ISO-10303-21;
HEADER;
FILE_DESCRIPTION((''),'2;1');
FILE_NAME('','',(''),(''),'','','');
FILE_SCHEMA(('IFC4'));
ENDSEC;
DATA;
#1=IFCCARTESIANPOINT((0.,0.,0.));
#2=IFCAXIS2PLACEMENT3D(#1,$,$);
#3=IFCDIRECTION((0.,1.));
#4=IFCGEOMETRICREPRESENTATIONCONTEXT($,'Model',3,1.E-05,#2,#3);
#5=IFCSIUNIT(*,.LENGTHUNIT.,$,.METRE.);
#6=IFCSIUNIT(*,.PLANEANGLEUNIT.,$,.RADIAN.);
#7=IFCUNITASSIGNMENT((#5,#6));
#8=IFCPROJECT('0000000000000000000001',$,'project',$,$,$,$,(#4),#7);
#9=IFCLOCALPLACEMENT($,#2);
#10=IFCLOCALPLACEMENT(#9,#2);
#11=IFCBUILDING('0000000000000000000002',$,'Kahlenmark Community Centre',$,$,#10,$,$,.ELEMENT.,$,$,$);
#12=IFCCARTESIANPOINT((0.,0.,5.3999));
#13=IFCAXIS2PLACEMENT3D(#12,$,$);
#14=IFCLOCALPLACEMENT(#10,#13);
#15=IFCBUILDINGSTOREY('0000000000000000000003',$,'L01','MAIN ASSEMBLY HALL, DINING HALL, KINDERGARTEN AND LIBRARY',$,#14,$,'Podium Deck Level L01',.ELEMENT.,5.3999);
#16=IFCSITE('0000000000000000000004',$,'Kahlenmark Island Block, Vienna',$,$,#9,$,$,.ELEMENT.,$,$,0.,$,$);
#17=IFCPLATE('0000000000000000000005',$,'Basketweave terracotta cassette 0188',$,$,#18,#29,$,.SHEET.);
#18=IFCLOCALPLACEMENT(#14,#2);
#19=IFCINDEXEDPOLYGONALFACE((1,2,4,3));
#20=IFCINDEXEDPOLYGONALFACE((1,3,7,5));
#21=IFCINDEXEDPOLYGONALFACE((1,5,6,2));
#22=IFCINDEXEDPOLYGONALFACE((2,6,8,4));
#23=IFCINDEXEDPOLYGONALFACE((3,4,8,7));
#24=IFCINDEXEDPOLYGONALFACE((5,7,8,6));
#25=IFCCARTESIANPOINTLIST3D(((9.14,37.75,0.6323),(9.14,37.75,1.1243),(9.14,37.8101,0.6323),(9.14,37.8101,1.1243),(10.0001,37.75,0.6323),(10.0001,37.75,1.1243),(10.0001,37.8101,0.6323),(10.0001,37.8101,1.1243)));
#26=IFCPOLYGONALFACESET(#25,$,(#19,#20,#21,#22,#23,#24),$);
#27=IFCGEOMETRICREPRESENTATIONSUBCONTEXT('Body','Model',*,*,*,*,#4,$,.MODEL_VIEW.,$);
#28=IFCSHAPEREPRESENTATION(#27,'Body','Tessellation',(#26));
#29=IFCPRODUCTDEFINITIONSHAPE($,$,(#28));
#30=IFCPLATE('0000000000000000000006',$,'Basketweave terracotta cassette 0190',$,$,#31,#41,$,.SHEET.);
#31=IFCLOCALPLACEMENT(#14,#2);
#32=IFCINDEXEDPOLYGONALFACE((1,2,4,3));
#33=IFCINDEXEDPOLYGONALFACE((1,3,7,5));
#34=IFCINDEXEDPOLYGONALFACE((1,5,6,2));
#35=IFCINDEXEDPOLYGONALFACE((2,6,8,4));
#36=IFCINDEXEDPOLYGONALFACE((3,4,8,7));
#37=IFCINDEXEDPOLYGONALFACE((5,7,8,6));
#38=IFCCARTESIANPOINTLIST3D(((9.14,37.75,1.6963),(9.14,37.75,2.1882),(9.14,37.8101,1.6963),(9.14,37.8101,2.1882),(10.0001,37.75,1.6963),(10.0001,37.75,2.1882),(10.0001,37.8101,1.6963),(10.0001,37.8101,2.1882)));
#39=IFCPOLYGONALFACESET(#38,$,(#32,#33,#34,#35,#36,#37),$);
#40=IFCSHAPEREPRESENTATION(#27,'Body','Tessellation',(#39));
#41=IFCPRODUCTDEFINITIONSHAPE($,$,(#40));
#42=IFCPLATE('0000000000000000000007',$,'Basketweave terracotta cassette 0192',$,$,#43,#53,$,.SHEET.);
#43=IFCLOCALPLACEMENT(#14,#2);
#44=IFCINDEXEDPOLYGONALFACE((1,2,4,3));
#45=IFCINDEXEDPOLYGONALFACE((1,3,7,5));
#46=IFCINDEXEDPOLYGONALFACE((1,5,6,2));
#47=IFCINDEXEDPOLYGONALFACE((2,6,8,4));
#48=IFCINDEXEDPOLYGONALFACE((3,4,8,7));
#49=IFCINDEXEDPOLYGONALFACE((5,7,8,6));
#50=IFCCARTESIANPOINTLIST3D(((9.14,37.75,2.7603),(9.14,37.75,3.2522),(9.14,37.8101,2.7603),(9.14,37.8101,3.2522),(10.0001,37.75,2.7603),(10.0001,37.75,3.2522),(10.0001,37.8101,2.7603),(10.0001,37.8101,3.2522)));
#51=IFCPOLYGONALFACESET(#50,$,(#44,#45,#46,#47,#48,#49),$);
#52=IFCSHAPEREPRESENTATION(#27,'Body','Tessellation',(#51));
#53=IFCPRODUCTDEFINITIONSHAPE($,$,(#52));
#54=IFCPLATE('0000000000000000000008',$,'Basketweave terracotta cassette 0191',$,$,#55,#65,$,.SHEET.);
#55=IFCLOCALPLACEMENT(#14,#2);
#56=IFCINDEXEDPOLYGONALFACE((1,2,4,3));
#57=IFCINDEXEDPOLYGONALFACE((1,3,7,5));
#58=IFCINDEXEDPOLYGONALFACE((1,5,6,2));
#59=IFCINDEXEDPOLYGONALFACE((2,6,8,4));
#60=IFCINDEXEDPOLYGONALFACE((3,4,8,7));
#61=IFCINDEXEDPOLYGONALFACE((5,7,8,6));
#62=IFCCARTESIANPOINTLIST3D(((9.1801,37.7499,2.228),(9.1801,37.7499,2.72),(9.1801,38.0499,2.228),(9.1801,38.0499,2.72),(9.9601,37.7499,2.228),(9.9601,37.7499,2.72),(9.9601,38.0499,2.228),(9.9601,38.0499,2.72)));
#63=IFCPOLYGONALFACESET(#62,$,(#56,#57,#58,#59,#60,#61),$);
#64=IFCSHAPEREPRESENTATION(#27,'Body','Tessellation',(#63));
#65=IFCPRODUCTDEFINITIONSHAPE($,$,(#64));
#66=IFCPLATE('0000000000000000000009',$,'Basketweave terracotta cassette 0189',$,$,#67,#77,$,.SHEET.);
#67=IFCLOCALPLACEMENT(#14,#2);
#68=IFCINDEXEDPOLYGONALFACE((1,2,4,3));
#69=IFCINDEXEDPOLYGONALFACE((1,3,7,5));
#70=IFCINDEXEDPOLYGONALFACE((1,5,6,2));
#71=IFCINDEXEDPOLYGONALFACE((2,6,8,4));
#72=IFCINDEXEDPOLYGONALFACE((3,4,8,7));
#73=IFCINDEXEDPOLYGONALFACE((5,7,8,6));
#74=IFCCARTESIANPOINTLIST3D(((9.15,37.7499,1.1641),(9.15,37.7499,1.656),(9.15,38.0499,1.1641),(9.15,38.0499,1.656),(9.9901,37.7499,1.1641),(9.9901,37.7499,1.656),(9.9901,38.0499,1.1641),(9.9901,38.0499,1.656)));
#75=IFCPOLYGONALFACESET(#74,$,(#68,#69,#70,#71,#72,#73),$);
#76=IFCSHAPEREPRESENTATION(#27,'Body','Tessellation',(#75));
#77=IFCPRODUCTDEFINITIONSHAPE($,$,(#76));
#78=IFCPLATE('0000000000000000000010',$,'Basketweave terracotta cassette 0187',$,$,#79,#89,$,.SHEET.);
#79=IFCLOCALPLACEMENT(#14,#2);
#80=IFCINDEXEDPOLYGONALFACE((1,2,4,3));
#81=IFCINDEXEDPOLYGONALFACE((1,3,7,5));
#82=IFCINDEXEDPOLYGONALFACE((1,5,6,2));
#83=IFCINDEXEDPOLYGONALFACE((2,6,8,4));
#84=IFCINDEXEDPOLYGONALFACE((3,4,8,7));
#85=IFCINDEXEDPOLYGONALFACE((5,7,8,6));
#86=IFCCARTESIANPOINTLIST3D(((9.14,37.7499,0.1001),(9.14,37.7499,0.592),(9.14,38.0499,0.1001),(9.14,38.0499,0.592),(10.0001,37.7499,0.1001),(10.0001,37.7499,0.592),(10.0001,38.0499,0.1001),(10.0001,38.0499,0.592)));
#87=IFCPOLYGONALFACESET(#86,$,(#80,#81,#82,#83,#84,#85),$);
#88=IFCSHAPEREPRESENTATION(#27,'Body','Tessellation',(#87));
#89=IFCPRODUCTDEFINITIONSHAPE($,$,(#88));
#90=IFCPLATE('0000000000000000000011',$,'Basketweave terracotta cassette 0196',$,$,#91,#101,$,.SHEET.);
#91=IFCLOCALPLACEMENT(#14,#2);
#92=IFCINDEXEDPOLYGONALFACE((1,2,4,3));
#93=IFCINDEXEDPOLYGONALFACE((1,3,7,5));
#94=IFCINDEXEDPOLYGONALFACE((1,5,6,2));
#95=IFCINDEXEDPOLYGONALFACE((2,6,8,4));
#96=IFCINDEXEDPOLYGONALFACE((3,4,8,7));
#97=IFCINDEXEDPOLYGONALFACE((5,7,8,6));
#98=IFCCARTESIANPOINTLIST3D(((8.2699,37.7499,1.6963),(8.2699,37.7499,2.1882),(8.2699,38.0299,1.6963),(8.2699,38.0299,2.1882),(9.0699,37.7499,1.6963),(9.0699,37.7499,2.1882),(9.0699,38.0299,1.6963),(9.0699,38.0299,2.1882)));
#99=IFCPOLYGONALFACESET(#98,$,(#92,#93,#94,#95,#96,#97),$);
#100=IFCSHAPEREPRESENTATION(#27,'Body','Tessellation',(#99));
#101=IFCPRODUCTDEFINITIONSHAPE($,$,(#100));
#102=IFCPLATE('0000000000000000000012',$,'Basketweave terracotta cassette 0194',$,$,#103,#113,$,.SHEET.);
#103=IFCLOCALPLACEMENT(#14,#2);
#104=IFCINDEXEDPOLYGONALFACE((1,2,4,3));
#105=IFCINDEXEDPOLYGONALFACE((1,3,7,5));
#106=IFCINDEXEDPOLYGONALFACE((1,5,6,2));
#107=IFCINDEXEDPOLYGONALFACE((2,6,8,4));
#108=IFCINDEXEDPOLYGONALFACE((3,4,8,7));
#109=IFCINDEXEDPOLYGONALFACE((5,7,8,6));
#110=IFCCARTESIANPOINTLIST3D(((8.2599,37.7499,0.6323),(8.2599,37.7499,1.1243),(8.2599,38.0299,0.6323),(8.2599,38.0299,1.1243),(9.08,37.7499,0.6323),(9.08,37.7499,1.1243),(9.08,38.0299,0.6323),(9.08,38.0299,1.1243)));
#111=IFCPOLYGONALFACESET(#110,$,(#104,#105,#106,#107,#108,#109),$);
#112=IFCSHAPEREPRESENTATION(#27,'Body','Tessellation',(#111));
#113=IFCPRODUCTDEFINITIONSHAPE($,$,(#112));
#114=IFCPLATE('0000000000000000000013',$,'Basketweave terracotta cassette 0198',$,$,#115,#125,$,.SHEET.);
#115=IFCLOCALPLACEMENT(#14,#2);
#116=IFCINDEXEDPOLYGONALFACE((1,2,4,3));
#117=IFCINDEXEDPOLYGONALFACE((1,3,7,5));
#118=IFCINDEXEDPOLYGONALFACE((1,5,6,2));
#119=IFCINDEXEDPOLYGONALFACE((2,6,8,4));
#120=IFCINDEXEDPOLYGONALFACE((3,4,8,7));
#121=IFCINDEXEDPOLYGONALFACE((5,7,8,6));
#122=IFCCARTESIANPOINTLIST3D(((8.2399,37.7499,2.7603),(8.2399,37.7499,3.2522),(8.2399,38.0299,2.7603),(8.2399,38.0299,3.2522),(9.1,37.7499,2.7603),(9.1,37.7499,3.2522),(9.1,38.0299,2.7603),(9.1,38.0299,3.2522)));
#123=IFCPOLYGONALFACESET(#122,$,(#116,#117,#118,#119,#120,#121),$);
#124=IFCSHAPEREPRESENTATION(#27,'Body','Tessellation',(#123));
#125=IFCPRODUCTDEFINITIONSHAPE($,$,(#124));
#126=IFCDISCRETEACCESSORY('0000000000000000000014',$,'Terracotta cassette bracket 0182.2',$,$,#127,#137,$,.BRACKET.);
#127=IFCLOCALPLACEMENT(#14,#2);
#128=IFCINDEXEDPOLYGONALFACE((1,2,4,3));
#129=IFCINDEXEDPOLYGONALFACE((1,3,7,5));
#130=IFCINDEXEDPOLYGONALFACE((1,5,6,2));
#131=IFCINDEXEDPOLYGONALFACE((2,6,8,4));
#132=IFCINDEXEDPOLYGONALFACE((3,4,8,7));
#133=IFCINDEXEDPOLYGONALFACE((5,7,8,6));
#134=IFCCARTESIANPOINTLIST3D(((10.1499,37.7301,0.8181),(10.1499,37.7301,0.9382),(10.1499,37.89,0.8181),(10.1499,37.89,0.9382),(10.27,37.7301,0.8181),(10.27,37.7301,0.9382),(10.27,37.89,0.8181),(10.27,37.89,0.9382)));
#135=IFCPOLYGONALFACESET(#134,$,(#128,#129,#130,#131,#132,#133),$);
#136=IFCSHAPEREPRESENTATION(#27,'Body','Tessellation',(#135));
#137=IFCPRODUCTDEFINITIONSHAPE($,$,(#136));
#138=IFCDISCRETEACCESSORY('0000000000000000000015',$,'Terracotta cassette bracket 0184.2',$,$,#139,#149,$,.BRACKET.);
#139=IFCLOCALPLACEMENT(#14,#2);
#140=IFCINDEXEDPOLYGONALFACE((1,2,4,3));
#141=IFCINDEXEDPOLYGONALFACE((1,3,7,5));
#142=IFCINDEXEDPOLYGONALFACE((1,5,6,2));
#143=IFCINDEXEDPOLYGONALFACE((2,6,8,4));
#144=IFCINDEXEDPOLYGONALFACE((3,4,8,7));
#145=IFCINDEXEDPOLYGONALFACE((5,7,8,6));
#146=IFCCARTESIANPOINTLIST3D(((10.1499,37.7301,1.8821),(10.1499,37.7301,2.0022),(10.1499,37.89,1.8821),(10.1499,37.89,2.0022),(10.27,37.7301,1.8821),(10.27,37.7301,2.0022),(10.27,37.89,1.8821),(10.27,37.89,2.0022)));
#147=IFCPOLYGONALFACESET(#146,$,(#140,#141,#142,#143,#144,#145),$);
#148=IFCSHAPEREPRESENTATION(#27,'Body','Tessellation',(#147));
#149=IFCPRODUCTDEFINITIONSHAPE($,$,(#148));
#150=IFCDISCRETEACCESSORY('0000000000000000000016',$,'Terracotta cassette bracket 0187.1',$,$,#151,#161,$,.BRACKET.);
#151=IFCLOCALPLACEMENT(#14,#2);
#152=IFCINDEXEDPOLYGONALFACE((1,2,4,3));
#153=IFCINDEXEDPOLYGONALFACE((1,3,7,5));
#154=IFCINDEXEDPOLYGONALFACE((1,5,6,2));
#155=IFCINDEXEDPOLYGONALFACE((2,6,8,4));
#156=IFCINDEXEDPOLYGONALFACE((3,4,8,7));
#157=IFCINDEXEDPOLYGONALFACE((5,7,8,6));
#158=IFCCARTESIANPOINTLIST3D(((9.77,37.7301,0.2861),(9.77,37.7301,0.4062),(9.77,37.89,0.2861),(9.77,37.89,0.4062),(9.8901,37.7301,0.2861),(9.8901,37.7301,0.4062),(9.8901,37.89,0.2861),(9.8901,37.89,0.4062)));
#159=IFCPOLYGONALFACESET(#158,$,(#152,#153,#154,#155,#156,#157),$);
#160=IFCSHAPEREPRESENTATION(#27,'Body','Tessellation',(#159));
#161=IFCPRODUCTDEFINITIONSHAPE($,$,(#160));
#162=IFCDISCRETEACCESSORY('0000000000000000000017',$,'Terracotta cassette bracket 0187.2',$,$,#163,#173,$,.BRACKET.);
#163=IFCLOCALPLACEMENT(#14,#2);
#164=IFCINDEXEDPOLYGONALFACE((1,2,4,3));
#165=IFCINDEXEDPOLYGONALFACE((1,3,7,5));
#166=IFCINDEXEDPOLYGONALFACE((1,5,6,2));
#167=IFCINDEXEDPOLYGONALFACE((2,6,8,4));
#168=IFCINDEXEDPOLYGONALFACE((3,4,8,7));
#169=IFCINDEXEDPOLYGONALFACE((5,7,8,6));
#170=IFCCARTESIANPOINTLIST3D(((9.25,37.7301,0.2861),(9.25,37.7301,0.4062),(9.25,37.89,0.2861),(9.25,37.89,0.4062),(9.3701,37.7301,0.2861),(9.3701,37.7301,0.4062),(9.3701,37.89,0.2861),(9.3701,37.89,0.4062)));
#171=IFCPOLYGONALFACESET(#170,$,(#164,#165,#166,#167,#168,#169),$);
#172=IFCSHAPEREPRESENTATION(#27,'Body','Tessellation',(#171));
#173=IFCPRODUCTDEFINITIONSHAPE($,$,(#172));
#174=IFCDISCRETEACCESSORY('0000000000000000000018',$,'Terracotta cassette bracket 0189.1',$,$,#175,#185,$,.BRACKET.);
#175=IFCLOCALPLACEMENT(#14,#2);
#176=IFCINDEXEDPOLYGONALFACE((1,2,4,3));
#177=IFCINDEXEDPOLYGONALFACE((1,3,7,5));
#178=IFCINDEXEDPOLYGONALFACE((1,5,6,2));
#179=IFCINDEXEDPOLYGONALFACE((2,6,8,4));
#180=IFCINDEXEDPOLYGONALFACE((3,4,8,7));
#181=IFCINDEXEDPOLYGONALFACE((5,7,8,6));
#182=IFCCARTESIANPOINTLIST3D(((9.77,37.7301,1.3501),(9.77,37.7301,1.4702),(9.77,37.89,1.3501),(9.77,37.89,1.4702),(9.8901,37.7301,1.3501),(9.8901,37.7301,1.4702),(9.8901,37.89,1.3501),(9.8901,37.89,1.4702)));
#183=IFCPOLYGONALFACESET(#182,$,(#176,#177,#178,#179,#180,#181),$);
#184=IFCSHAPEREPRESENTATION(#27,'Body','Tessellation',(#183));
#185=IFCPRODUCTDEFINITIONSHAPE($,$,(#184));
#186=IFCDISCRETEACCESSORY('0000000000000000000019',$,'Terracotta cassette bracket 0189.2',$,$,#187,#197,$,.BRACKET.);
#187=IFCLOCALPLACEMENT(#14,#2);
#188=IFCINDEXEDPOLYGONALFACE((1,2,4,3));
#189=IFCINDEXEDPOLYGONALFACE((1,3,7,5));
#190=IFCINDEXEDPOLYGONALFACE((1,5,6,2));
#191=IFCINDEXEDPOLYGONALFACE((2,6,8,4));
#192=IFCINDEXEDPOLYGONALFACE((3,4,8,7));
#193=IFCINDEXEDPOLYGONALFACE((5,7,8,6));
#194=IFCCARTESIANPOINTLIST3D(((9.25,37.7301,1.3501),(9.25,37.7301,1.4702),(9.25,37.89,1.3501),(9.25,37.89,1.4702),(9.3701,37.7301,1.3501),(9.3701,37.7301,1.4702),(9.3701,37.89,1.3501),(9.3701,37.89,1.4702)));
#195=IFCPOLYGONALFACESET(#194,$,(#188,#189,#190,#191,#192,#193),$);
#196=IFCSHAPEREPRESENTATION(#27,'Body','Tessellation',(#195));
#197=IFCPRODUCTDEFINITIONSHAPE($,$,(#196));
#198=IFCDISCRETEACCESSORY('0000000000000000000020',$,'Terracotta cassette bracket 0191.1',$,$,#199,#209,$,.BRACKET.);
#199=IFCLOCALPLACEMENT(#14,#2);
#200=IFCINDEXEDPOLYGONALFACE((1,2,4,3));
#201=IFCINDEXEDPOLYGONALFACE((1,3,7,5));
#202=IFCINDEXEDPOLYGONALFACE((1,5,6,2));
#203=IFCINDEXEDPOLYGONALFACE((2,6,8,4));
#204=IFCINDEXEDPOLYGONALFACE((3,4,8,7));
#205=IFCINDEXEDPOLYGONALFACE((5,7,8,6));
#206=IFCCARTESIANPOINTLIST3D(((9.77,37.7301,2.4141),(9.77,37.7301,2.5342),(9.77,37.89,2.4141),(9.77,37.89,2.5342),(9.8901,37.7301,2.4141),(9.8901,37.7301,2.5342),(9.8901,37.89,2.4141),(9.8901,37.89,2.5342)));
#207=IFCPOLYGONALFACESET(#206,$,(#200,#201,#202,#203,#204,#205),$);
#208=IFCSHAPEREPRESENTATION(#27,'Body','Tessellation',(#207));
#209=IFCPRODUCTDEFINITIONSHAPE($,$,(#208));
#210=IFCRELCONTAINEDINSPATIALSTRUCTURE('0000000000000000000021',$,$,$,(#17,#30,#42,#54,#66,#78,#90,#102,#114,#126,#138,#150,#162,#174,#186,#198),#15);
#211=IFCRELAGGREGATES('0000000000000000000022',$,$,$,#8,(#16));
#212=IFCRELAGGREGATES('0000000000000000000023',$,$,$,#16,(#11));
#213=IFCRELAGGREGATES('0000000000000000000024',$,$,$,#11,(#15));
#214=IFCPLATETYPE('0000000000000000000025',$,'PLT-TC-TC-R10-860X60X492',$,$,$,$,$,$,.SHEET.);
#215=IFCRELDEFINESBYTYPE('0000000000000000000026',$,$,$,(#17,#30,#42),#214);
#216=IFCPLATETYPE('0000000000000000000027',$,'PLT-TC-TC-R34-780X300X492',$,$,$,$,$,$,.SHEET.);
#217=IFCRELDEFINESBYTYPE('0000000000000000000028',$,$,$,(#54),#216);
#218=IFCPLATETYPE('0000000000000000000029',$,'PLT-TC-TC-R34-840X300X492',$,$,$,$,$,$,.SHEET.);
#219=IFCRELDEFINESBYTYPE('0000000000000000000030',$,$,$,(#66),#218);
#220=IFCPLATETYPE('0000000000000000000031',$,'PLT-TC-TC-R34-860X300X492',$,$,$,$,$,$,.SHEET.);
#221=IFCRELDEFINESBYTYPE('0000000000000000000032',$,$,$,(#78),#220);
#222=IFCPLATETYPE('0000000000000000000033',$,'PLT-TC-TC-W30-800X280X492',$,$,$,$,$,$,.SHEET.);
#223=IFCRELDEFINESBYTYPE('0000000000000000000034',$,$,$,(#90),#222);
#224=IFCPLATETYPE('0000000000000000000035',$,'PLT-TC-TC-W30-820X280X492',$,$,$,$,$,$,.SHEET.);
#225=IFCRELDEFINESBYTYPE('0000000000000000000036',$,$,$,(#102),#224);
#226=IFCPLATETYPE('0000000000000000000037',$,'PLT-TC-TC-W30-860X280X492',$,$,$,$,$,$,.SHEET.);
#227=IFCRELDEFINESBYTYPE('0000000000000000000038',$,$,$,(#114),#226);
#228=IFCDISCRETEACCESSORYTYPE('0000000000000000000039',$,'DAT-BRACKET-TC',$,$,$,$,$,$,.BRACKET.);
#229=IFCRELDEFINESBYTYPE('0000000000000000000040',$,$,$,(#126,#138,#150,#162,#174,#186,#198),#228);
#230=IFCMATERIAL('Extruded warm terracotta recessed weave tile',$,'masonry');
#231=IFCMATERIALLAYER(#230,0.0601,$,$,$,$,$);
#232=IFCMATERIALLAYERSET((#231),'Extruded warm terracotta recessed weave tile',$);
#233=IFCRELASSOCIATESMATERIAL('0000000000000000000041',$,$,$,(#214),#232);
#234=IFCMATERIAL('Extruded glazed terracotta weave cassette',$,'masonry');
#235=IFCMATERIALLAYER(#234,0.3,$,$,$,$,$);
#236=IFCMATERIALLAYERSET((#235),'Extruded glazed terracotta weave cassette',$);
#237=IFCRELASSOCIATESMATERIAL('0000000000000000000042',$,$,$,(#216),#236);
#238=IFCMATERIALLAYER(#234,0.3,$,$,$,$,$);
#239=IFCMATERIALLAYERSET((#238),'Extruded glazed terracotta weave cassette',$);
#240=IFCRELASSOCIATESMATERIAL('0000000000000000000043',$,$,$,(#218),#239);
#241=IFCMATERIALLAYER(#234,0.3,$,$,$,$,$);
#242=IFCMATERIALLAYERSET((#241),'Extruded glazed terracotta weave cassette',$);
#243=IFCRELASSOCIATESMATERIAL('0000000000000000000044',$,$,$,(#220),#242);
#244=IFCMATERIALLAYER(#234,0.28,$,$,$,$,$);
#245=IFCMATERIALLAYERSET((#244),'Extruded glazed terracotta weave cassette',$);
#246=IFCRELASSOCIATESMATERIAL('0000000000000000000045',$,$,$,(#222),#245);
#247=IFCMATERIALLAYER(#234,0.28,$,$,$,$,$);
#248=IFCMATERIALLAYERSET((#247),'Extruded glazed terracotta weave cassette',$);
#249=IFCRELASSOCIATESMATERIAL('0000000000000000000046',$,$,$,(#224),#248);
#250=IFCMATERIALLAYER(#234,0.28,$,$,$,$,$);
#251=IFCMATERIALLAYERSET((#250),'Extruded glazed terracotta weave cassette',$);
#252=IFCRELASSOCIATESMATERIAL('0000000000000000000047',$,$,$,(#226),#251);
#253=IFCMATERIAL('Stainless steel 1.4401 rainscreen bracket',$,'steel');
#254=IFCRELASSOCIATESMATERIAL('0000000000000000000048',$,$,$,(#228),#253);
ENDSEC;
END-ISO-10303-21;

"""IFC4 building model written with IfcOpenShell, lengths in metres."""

from ifc_helpers import new_model, si_unit, direction, frame, origin, origin_2d, place, context, subcontext, project, spatial, rectangle, extrude, material, layer, layer_set, type_object, element, save


model = new_model("IFC4")

# Units and contexts
model_context = context("Model", 3, precision=1e-05, world=origin(), true_north=direction((0.0, 1.0)))
body_context = subcontext(model_context, "Body", "Model", "MODEL_VIEW")
ifc_project = project(units=[si_unit("LENGTHUNIT", "METRE"), si_unit("PLANEANGLEUNIT", "RADIAN")], contexts=[model_context])

# Site, building, storey
site_placement = place(None, origin())
site = spatial("IfcSite", under=ifc_project, at=site_placement, Name="Kahlenmark Island Block, Vienna", CompositionType="ELEMENT", RefElevation=0.0)
building_placement = place(site_placement, origin())
building = spatial("IfcBuilding", under=site, at=building_placement, Name="Kahlenmark Community Centre", CompositionType="ELEMENT")
storey_placement = place(building_placement, frame((0.0, 0.0, 5.3999)))
storey = spatial("IfcBuildingStorey", under=building, at=storey_placement, Name="L01", Description="MAIN ASSEMBLY HALL, DINING HALL, KINDERGARTEN AND LIBRARY", LongName="Podium Deck Level L01", CompositionType="ELEMENT", Elevation=5.3999)

# Plates
ifc_material_1 = material(Name="Extruded warm terracotta recessed weave tile", Category="masonry")
ifc_layer_1 = layer(ifc_material_1, 0.0601)
ifc_layer_set_1 = layer_set([ifc_layer_1], Name="Extruded warm terracotta recessed weave tile")
plate_type_1 = type_object("IfcPlateType", Name="PLT-TC-TC-R10-860X60X492", PredefinedType="SHEET", material=ifc_layer_set_1)
for number, where, z_axis, x_axis, name in (
    (1, (9.5701, 37.78, 0.6323), (0.0, 0.0, 1.0), (-1.0, 0.0, 0.0), "Basketweave terracotta cassette 0188"),
    (2, (9.5701, 37.78, 1.6963), (0.0, 0.0, 1.0), (-1.0, 0.0, 0.0), "Basketweave terracotta cassette 0190"),
    (3, (9.5701, 37.78, 2.7603), (0.0, 0.0, 1.0), (-1.0, 0.0, 0.0), "Basketweave terracotta cassette 0192"),
):
    element("IfcPlate", number, at=place(storey_placement, frame(where, z_axis=z_axis, x_axis=x_axis)), inside=storey, type_object=plate_type_1, Name=name, PredefinedType="SHEET", context=body_context, shape_type="SweptSolid", body=[
        extrude(rectangle(XDim=0.8601, YDim=0.0601, at=origin_2d()), origin(), (0.0, 0.0, 1.0), 0.4919),
    ])
ifc_material_2 = material(Name="Extruded glazed terracotta weave cassette", Category="masonry")
ifc_layer_2 = layer(ifc_material_2, 0.3)
ifc_layer_set_2 = layer_set([ifc_layer_2], Name="Extruded glazed terracotta weave cassette")
plate_type_2 = type_object("IfcPlateType", Name="PLT-TC-TC-R34-780X300X492", PredefinedType="SHEET", material=ifc_layer_set_2)
plate_1_placement = place(storey_placement, frame((9.5701, 37.8999, 2.228), z_axis=(0.0, 0.0, 1.0), x_axis=(-1.0, 0.0, 0.0)))
element("IfcPlate", 4, at=plate_1_placement, inside=storey, type_object=plate_type_2, Name="Basketweave terracotta cassette 0191", PredefinedType="SHEET", context=body_context, shape_type="SweptSolid", body=[
    extrude(rectangle(XDim=0.78, YDim=0.3, at=origin_2d()), origin(), (0.0, 0.0, 1.0), 0.4919),
])
ifc_layer_3 = layer(ifc_material_2, 0.3)
ifc_layer_set_3 = layer_set([ifc_layer_3], Name="Extruded glazed terracotta weave cassette")
plate_type_3 = type_object("IfcPlateType", Name="PLT-TC-TC-R34-840X300X492", PredefinedType="SHEET", material=ifc_layer_set_3)
plate_2_placement = place(storey_placement, frame((9.5701, 37.8999, 1.1641), z_axis=(0.0, 0.0, 1.0), x_axis=(-1.0, 0.0, 0.0)))
element("IfcPlate", 5, at=plate_2_placement, inside=storey, type_object=plate_type_3, Name="Basketweave terracotta cassette 0189", PredefinedType="SHEET", context=body_context, shape_type="SweptSolid", body=[
    extrude(rectangle(XDim=0.8401, YDim=0.3, at=origin_2d()), origin(), (0.0, 0.0, 1.0), 0.4919),
])
ifc_layer_4 = layer(ifc_material_2, 0.3)
ifc_layer_set_4 = layer_set([ifc_layer_4], Name="Extruded glazed terracotta weave cassette")
plate_type_4 = type_object("IfcPlateType", Name="PLT-TC-TC-R34-860X300X492", PredefinedType="SHEET", material=ifc_layer_set_4)
plate_3_placement = place(storey_placement, frame((9.5701, 37.8999, 0.1001), z_axis=(0.0, 0.0, 1.0), x_axis=(-1.0, 0.0, 0.0)))
element("IfcPlate", 6, at=plate_3_placement, inside=storey, type_object=plate_type_4, Name="Basketweave terracotta cassette 0187", PredefinedType="SHEET", context=body_context, shape_type="SweptSolid", body=[
    extrude(rectangle(XDim=0.8601, YDim=0.3, at=origin_2d()), origin(), (0.0, 0.0, 1.0), 0.4919),
])
ifc_layer_5 = layer(ifc_material_2, 0.28)
ifc_layer_set_5 = layer_set([ifc_layer_5], Name="Extruded glazed terracotta weave cassette")
plate_type_5 = type_object("IfcPlateType", Name="PLT-TC-TC-W30-800X280X492", PredefinedType="SHEET", material=ifc_layer_set_5)
plate_4_placement = place(storey_placement, frame((8.6699, 37.8899, 1.6963), z_axis=(0.0, 0.0, 1.0), x_axis=(-1.0, 0.0, 0.0)))
element("IfcPlate", 7, at=plate_4_placement, inside=storey, type_object=plate_type_5, Name="Basketweave terracotta cassette 0196", PredefinedType="SHEET", context=body_context, shape_type="SweptSolid", body=[
    extrude(rectangle(XDim=0.8, YDim=0.28, at=origin_2d()), origin(), (0.0, 0.0, 1.0), 0.4919),
])
ifc_layer_6 = layer(ifc_material_2, 0.28)
ifc_layer_set_6 = layer_set([ifc_layer_6], Name="Extruded glazed terracotta weave cassette")
plate_type_6 = type_object("IfcPlateType", Name="PLT-TC-TC-W30-820X280X492", PredefinedType="SHEET", material=ifc_layer_set_6)
plate_5_placement = place(storey_placement, frame((8.6699, 37.8899, 0.6323), z_axis=(0.0, 0.0, 1.0), x_axis=(-1.0, 0.0, 0.0)))
element("IfcPlate", 8, at=plate_5_placement, inside=storey, type_object=plate_type_6, Name="Basketweave terracotta cassette 0194", PredefinedType="SHEET", context=body_context, shape_type="SweptSolid", body=[
    extrude(rectangle(XDim=0.8201, YDim=0.28, at=origin_2d()), origin(), (0.0, 0.0, 1.0), 0.4919),
])
ifc_layer_7 = layer(ifc_material_2, 0.28)
ifc_layer_set_7 = layer_set([ifc_layer_7], Name="Extruded glazed terracotta weave cassette")
plate_type_7 = type_object("IfcPlateType", Name="PLT-TC-TC-W30-860X280X492", PredefinedType="SHEET", material=ifc_layer_set_7)
plate_6_placement = place(storey_placement, frame((8.6699, 37.8899, 2.7603), z_axis=(0.0, 0.0, 1.0), x_axis=(-1.0, 0.0, 0.0)))
element("IfcPlate", 9, at=plate_6_placement, inside=storey, type_object=plate_type_7, Name="Basketweave terracotta cassette 0198", PredefinedType="SHEET", context=body_context, shape_type="SweptSolid", body=[
    extrude(rectangle(XDim=0.8601, YDim=0.28, at=origin_2d()), origin(), (0.0, 0.0, 1.0), 0.4919),
])

# Discrete accessories
ifc_material_3 = material(Name="Stainless steel 1.4401 rainscreen bracket", Category="steel")
discrete_accessory_type = type_object("IfcDiscreteAccessoryType", Name="DAT-BRACKET-TC", PredefinedType="BRACKET", material=ifc_material_3)
for number, where, z_axis, x_axis, name in (
    (10, (10.21, 37.8101, 0.8181), (0.0, 0.0, 1.0), (-1.0, 0.0, 0.0), "Terracotta cassette bracket 0182.2"),
    (11, (10.21, 37.8101, 1.8821), (0.0, 0.0, 1.0), (-1.0, 0.0, 0.0), "Terracotta cassette bracket 0184.2"),
    (12, (9.8301, 37.8101, 0.2861), (0.0, 0.0, 1.0), (-1.0, 0.0, 0.0), "Terracotta cassette bracket 0187.1"),
    (13, (9.3101, 37.8101, 0.2861), (0.0, 0.0, 1.0), (-1.0, 0.0, 0.0), "Terracotta cassette bracket 0187.2"),
    (14, (9.8301, 37.8101, 1.3501), (0.0, 0.0, 1.0), (-1.0, 0.0, 0.0), "Terracotta cassette bracket 0189.1"),
    (15, (9.3101, 37.8101, 1.3501), (0.0, 0.0, 1.0), (-1.0, 0.0, 0.0), "Terracotta cassette bracket 0189.2"),
    (16, (9.8301, 37.8101, 2.4141), (0.0, 0.0, 1.0), (-1.0, 0.0, 0.0), "Terracotta cassette bracket 0191.1"),
):
    element("IfcDiscreteAccessory", number, at=place(storey_placement, frame(where, z_axis=z_axis, x_axis=x_axis)), inside=storey, type_object=discrete_accessory_type, Name=name, PredefinedType="BRACKET", context=body_context, shape_type="SweptSolid", body=[
        extrude(rectangle(XDim=0.1201, YDim=0.1599, at=origin_2d()), origin(), (0.0, 0.0, 1.0), 0.1201),
    ])

save(model, "model.ifc")
